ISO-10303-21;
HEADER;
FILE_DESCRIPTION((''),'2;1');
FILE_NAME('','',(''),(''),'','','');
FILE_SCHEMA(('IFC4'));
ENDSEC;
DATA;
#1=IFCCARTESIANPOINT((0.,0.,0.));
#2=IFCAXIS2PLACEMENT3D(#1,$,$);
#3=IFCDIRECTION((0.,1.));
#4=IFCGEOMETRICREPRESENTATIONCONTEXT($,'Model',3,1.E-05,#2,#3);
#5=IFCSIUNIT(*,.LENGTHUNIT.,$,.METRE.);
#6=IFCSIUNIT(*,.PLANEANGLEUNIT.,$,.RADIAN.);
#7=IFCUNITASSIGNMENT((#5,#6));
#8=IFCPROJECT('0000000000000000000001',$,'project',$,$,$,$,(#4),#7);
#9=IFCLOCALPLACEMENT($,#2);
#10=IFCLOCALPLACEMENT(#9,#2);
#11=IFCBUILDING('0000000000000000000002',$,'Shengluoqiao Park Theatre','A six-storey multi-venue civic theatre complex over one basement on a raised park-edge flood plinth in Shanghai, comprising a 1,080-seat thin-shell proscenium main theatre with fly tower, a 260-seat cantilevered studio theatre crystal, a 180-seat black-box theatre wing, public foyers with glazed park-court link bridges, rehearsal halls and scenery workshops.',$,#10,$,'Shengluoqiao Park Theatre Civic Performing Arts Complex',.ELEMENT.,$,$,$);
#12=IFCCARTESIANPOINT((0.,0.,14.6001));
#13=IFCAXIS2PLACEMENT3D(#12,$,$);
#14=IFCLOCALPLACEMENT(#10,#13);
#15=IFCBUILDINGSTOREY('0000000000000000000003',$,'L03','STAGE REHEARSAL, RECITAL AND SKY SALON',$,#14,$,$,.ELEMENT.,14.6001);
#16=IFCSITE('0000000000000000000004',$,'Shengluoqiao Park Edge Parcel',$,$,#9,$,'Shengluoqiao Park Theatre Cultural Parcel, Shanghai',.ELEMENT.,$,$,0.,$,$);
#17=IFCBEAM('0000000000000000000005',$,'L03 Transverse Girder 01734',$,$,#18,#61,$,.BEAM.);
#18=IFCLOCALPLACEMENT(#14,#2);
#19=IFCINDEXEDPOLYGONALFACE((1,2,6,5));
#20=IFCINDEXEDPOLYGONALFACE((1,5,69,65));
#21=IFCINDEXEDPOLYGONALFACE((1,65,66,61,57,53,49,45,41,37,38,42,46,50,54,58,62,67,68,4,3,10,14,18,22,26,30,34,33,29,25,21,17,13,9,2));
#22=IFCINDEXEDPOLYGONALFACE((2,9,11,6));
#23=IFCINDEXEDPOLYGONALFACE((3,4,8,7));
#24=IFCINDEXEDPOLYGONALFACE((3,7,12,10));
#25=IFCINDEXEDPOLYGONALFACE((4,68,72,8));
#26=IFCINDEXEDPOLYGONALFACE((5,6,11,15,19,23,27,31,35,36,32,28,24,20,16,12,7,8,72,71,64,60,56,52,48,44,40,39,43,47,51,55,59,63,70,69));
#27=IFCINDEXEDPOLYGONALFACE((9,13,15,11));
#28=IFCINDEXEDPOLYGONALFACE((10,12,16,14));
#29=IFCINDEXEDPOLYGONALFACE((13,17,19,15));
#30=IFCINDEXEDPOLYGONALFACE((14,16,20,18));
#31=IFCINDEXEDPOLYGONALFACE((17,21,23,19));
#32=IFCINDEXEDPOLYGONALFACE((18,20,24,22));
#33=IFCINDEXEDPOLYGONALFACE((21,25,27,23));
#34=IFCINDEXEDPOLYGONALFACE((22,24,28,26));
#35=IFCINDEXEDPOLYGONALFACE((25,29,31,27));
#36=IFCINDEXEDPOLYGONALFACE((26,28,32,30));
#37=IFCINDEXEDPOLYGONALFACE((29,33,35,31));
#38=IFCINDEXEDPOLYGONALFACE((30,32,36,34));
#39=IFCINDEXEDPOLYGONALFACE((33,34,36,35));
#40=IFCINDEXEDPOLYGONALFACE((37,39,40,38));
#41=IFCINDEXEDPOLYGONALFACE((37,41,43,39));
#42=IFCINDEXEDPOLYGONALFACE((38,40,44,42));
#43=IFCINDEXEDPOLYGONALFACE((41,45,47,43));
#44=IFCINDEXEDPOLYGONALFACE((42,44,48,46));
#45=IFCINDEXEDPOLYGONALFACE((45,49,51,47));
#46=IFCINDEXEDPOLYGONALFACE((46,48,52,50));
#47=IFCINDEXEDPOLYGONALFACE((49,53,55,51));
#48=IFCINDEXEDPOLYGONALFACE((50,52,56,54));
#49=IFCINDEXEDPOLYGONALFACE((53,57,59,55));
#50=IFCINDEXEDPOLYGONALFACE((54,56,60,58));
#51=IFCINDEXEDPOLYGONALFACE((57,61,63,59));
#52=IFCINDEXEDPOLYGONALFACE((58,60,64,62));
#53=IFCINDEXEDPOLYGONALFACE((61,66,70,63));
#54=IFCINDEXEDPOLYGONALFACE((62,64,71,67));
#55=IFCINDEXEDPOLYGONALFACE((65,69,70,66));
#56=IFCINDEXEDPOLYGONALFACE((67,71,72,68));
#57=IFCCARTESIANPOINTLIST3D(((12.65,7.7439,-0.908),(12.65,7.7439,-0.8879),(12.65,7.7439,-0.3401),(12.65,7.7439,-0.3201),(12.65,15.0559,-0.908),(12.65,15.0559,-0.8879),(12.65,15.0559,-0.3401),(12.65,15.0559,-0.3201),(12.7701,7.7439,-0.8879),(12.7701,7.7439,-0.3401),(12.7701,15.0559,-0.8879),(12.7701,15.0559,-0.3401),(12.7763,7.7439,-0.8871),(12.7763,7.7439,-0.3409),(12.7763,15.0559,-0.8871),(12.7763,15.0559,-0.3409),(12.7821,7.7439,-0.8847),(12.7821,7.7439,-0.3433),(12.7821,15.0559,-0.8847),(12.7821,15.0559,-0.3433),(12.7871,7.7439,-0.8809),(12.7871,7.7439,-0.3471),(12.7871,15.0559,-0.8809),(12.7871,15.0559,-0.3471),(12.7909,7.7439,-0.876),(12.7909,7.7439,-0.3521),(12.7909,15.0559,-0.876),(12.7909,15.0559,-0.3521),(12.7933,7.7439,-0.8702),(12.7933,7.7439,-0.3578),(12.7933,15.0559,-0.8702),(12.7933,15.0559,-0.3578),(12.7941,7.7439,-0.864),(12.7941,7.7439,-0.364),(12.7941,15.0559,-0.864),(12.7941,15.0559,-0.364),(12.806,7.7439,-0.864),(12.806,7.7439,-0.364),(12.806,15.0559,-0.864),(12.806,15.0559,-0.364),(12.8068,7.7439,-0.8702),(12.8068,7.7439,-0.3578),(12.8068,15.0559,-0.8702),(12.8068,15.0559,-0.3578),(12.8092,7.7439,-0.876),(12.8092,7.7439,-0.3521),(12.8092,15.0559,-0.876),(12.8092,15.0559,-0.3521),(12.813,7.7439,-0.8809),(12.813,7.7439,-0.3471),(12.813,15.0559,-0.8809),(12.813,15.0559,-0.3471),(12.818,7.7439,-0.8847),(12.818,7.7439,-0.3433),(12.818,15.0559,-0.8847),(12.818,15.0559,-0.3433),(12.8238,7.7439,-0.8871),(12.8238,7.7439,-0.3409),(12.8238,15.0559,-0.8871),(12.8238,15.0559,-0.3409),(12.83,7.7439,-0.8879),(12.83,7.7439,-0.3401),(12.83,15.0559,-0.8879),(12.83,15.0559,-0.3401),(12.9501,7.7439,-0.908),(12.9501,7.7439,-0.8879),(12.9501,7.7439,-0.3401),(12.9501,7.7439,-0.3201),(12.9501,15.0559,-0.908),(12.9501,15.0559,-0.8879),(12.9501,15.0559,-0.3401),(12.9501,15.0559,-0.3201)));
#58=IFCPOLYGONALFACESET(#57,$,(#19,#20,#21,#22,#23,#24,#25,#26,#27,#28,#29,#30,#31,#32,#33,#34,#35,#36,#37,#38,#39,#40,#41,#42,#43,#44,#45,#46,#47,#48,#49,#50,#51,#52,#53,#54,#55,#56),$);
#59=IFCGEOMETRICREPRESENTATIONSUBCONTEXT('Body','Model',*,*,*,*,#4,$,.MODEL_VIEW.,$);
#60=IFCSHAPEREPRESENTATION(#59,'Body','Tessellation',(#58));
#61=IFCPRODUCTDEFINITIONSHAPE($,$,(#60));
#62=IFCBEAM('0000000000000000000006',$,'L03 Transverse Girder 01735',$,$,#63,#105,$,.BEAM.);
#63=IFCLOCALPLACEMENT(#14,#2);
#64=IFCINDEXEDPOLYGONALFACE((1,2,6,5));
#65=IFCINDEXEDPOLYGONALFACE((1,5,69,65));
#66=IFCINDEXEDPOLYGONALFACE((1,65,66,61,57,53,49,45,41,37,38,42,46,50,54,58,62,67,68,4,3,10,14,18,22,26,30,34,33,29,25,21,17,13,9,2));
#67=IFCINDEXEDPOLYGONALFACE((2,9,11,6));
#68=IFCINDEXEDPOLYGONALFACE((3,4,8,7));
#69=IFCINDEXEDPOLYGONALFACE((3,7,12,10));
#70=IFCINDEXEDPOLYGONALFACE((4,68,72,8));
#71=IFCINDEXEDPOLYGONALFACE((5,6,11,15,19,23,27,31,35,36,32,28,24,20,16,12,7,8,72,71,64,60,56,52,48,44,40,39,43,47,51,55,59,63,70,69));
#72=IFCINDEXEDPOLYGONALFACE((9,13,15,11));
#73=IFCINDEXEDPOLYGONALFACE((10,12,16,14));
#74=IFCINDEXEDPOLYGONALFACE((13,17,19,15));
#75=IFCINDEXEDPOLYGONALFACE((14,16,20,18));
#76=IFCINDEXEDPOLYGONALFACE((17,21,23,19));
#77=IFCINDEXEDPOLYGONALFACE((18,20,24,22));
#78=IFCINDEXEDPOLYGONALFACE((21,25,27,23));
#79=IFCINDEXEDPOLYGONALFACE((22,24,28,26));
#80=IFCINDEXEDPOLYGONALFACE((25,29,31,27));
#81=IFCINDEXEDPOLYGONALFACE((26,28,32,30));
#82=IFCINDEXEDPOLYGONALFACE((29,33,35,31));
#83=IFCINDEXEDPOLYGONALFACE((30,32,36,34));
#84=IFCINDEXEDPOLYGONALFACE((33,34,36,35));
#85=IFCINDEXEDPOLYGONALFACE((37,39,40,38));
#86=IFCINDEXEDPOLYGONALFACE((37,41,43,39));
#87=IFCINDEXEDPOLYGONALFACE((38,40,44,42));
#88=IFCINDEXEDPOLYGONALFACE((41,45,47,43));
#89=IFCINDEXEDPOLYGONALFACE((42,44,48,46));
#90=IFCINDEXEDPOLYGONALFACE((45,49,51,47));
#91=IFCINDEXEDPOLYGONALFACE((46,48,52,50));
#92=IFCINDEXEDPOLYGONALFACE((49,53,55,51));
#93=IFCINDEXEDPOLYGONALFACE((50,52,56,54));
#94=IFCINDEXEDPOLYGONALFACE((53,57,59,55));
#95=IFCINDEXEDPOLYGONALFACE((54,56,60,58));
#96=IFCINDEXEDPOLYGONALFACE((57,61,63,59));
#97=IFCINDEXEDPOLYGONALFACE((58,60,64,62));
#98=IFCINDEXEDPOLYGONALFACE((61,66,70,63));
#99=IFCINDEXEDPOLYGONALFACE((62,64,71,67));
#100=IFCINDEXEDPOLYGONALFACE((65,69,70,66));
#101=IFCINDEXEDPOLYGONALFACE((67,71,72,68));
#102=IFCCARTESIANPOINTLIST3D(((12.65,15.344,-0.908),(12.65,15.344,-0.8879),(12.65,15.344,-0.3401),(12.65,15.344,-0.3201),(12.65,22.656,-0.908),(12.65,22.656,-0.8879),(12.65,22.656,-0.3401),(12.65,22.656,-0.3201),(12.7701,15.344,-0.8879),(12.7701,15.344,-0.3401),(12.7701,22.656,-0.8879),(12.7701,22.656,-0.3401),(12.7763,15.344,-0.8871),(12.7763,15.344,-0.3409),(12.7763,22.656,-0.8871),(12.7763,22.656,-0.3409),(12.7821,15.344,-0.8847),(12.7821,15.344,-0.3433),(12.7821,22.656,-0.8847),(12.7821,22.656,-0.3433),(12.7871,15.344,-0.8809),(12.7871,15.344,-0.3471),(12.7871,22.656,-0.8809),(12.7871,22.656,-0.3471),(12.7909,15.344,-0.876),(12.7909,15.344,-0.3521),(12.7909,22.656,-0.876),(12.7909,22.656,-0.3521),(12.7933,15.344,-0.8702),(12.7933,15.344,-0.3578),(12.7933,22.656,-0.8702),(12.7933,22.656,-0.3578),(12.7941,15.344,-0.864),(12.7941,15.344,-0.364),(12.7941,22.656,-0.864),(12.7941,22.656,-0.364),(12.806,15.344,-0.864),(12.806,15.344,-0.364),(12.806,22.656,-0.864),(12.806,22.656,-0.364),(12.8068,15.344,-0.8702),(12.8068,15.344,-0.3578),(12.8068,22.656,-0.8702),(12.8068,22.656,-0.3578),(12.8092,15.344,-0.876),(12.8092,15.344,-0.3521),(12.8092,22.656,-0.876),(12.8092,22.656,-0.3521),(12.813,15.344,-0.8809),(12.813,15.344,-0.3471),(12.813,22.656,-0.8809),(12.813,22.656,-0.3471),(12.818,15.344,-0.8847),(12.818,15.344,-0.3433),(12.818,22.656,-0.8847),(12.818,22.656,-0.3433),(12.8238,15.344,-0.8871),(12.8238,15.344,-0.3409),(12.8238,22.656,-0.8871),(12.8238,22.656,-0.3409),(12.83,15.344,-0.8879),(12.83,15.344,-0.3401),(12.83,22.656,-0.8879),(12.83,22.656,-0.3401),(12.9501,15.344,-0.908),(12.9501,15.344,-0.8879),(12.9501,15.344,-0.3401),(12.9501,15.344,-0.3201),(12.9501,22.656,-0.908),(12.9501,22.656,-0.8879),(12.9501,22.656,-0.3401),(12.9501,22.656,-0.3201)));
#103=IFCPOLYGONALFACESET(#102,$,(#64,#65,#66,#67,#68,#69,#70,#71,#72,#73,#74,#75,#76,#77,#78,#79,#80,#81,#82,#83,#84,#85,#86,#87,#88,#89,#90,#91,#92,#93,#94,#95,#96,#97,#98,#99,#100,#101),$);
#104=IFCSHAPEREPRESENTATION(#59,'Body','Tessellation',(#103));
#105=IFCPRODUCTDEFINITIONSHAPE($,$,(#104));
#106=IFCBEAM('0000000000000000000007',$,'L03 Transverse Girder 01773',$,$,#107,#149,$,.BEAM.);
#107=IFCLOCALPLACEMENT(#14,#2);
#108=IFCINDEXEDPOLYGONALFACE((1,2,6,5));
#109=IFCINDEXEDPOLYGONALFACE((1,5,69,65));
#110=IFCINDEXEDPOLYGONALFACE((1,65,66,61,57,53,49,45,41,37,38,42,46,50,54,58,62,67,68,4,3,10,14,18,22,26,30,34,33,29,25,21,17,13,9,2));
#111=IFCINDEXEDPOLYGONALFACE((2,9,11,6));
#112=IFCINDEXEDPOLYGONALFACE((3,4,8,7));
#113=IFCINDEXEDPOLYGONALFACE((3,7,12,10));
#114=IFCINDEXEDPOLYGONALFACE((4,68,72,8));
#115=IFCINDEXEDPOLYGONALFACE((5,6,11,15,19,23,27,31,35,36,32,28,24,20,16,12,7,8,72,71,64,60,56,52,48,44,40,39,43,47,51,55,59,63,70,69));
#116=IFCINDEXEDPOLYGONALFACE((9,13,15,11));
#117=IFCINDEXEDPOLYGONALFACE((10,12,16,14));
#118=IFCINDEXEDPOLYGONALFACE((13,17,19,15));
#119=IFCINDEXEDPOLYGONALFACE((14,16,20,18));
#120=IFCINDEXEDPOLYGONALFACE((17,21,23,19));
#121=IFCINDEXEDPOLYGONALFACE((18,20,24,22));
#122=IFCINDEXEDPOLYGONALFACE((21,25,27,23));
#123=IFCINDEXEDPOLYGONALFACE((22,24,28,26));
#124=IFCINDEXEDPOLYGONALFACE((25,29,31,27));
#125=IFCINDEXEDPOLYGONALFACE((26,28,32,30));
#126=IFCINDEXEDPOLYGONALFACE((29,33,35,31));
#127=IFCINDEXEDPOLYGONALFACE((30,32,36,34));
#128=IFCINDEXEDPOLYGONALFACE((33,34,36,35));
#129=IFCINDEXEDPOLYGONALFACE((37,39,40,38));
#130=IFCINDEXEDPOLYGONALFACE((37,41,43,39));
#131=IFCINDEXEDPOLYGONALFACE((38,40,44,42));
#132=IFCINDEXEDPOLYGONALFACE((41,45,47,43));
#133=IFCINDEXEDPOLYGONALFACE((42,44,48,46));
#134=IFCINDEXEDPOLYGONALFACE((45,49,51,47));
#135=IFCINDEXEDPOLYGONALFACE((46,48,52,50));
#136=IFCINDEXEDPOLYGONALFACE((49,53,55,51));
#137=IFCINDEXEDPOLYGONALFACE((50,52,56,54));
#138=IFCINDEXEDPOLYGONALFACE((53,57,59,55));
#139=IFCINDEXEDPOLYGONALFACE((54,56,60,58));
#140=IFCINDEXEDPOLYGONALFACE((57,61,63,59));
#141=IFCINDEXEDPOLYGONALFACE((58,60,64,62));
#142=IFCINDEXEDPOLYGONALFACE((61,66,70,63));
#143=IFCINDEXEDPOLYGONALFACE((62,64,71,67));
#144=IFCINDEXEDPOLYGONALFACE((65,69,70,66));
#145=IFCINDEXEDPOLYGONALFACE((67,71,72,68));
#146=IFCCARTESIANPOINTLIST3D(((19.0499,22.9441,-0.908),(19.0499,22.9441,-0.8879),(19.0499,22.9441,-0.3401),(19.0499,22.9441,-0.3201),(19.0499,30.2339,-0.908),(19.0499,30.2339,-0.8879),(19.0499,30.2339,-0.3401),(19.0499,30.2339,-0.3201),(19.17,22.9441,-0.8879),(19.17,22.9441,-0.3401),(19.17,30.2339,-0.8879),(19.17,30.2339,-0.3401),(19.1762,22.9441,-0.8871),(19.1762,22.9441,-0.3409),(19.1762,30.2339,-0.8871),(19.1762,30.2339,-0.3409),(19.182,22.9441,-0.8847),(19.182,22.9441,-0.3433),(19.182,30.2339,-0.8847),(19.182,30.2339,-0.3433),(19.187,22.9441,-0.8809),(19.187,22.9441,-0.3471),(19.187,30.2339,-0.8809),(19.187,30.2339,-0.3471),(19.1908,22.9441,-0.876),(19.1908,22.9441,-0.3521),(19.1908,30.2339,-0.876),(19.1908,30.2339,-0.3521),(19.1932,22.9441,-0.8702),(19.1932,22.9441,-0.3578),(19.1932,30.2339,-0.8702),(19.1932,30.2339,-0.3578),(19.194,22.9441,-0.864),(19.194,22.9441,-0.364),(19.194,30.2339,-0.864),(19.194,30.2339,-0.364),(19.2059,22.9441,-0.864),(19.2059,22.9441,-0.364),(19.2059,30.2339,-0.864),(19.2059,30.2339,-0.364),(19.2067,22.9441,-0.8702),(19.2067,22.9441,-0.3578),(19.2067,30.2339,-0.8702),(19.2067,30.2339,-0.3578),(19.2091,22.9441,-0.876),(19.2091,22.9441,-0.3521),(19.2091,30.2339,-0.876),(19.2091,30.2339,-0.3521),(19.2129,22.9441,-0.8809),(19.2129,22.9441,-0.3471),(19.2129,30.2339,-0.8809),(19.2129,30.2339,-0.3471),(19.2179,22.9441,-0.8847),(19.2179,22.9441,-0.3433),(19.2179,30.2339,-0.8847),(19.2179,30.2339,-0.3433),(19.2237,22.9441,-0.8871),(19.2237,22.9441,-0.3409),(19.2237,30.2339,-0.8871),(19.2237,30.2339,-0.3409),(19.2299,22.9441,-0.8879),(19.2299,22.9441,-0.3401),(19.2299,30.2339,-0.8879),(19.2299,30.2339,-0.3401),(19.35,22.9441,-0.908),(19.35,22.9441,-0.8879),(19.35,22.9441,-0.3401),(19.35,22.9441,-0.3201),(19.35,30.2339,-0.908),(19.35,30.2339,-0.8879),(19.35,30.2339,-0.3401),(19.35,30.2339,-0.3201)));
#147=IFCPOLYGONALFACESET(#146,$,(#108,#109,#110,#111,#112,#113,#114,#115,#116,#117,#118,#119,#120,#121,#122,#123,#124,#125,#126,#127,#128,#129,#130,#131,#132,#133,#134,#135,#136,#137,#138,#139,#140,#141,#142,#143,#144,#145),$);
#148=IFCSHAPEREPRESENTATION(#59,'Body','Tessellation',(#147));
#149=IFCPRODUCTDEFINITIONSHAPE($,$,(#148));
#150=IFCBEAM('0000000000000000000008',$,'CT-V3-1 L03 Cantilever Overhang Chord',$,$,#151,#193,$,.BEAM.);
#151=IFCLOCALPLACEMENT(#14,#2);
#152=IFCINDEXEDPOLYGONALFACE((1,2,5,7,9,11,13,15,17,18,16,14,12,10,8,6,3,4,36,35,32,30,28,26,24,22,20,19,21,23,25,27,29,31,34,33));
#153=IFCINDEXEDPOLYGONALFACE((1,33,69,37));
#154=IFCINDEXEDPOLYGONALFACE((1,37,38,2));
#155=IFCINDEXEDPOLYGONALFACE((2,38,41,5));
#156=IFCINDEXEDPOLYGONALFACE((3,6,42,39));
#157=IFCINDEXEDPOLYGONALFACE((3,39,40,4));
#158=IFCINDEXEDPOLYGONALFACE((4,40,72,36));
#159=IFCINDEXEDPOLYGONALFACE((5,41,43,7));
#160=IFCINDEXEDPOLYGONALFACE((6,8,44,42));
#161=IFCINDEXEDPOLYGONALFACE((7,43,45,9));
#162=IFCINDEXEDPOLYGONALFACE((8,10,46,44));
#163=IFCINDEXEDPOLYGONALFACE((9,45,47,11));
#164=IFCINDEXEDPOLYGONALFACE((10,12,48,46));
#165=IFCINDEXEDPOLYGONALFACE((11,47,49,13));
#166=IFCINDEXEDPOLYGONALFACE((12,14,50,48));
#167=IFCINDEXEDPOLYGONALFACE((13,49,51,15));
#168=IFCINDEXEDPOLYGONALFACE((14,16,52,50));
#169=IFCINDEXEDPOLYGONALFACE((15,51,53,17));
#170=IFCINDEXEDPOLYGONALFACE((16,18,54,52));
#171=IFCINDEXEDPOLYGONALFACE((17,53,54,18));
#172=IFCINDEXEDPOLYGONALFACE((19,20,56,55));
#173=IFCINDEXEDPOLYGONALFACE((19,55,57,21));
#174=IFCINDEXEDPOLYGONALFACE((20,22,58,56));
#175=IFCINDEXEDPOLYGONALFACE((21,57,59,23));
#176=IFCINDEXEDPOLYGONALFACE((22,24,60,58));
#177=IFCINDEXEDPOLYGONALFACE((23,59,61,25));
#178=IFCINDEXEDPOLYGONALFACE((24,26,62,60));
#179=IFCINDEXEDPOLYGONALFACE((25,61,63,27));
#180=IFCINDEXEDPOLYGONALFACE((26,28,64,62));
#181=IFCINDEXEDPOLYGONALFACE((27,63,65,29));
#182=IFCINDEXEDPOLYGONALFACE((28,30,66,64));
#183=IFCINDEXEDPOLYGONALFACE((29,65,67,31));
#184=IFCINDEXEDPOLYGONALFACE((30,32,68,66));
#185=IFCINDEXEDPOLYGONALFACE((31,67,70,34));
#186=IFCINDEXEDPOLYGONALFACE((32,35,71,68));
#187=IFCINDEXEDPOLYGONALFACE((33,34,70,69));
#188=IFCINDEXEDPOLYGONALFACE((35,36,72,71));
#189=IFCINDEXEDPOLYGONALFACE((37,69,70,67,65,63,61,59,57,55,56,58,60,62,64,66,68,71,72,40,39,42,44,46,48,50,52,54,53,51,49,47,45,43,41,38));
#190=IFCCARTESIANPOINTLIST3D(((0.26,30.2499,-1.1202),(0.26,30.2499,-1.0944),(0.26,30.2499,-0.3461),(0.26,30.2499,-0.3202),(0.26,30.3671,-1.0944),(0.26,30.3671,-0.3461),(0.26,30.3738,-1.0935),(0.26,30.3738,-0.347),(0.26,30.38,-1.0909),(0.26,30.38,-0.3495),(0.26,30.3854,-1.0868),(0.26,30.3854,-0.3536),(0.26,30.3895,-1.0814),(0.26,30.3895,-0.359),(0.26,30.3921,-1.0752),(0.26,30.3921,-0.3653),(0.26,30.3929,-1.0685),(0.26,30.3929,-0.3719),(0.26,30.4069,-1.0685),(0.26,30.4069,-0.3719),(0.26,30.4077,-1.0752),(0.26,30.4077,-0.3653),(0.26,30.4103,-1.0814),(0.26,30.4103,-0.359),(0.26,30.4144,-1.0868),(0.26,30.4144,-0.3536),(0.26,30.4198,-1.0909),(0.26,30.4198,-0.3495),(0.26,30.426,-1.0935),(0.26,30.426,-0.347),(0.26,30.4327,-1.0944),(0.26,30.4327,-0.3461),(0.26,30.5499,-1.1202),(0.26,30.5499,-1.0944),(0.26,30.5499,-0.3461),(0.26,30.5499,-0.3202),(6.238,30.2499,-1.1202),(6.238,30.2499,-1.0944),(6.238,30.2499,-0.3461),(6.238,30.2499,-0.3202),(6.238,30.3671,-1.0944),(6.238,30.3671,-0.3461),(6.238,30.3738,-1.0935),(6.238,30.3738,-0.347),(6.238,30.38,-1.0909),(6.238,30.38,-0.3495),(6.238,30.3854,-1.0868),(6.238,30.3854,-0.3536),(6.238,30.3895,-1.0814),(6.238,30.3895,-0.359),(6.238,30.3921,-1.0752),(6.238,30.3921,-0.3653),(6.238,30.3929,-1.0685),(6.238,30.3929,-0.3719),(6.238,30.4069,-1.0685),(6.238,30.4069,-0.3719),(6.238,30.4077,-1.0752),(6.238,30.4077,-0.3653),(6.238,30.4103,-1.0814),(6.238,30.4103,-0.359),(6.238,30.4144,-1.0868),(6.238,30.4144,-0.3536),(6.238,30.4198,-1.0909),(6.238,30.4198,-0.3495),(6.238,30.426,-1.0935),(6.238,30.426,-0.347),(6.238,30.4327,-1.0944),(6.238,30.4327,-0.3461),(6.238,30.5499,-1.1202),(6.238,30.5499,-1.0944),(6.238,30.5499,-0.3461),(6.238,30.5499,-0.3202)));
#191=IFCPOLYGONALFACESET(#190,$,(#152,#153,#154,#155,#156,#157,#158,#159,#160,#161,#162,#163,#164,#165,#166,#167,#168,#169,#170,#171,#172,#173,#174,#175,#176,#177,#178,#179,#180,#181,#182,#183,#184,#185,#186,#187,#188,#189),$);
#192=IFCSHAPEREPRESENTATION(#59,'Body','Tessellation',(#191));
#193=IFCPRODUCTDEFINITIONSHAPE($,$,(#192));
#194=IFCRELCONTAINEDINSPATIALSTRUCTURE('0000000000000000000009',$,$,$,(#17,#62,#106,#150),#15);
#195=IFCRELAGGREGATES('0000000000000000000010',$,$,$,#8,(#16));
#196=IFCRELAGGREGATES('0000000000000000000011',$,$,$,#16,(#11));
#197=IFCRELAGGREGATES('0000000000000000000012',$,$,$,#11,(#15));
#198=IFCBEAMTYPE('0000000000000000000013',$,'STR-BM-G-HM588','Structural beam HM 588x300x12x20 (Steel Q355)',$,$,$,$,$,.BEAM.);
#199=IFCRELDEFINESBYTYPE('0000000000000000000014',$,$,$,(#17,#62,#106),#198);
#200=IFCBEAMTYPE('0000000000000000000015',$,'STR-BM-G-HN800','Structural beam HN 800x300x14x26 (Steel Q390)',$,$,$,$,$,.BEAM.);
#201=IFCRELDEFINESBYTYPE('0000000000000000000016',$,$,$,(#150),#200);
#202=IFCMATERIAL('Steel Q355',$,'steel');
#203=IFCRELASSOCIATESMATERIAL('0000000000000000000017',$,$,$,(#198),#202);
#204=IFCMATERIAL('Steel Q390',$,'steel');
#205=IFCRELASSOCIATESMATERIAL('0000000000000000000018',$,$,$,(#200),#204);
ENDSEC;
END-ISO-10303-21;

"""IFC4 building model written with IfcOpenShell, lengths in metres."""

from ifc_helpers import new_model, si_unit, direction, frame, origin, origin_2d, place, context, subcontext, project, spatial, i_section, extrude, material, material_profile, profile_set, type_object, element, save


model = new_model("IFC4")

# Units and contexts
model_context = context("Model", 3, precision=1e-05, world=origin(), true_north=direction((0.0, 1.0)))
body_context = subcontext(model_context, "Body", "Model", "MODEL_VIEW")
ifc_project = project(units=[si_unit("LENGTHUNIT", "METRE"), si_unit("PLANEANGLEUNIT", "RADIAN")], contexts=[model_context])

# Site, building, storey
site_placement = place(None, origin())
site = spatial("IfcSite", under=ifc_project, at=site_placement, Name="Shengluoqiao Park Edge Parcel", LongName="Shengluoqiao Park Theatre Cultural Parcel, Shanghai", CompositionType="ELEMENT", RefElevation=0.0)
building_placement = place(site_placement, origin())
building = spatial("IfcBuilding", under=site, at=building_placement, Name="Shengluoqiao Park Theatre", Description="A six-storey multi-venue civic theatre complex over one basement on a raised park-edge flood plinth in Shanghai, comprising a 1,080-seat thin-shell proscenium main theatre with fly tower, a 260-seat cantilevered studio theatre crystal, a 180-seat black-box theatre wing, public foyers with glazed park-court link bridges, rehearsal halls and scenery workshops.", LongName="Shengluoqiao Park Theatre Civic Performing Arts Complex", CompositionType="ELEMENT")
storey_placement = place(building_placement, frame((0.0, 0.0, 14.6001)))
storey = spatial("IfcBuildingStorey", under=building, at=storey_placement, Name="L03", Description="STAGE REHEARSAL, RECITAL AND SKY SALON", CompositionType="ELEMENT", Elevation=14.6001)

# Shared definitions
ifc_material_1 = material(Name="Steel Q355", Category="steel")

# Beams
ifc_material_profile_1 = material_profile(ifc_material_1, i_section(OverallWidth=0.3, OverallDepth=0.5879, WebThickness=0.012, FlangeThickness=0.02, FilletRadius=0.0239, at=origin_2d()), Name="HM 588x300x12x20")
ifc_profile_set_1 = profile_set([ifc_material_profile_1], Name="Steel Q355")
beam_type_1 = type_object("IfcBeamType", Name="STR-BM-G-HM588", Description="Structural beam HM 588x300x12x20 (Steel Q355)", PredefinedType="BEAM", material=ifc_profile_set_1)
for number, where, z_axis, x_axis, name in (
    (1, (12.8, 7.7439, -0.614), (0.0, 1.0, 0.0), (-1.0, 0.0, 0.0), "L03 Transverse Girder 01734"),
    (2, (12.8, 15.344, -0.614), (0.0, 1.0, 0.0), (-1.0, 0.0, 0.0), "L03 Transverse Girder 01735"),
):
    element("IfcBeam", number, at=place(storey_placement, frame(where, z_axis=z_axis, x_axis=x_axis)), inside=storey, type_object=beam_type_1, Name=name, PredefinedType="BEAM", context=body_context, shape_type="SweptSolid", body=[
        extrude(i_section(OverallWidth=0.3, OverallDepth=0.5879, WebThickness=0.012, FlangeThickness=0.02, FilletRadius=0.0239, at=origin_2d()), origin(), (0.0, 0.0, 1.0), 7.312),
    ])
beam_1_placement = place(storey_placement, frame((19.2, 22.9441, -0.614), z_axis=(0.0, 1.0, 0.0), x_axis=(-1.0, 0.0, 0.0)))
element("IfcBeam", 3, at=beam_1_placement, inside=storey, type_object=beam_type_1, Name="L03 Transverse Girder 01773", PredefinedType="BEAM", context=body_context, shape_type="SweptSolid", body=[
    extrude(i_section(OverallWidth=0.3, OverallDepth=0.5879, WebThickness=0.012, FlangeThickness=0.02, FilletRadius=0.0239, at=origin_2d()), origin(), (0.0, 0.0, 1.0), 7.2898),
])
ifc_material_2 = material(Name="Steel Q390", Category="steel")
ifc_material_profile_2 = material_profile(ifc_material_2, i_section(OverallWidth=0.3, OverallDepth=0.8, WebThickness=0.0139, FlangeThickness=0.0259, FilletRadius=0.0259, at=origin_2d()), Name="HN 800x300x14x26")
ifc_profile_set_2 = profile_set([ifc_material_profile_2], Name="Steel Q390")
beam_type_2 = type_object("IfcBeamType", Name="STR-BM-G-HN800", Description="Structural beam HN 800x300x14x26 (Steel Q390)", PredefinedType="BEAM", material=ifc_profile_set_2)
beam_2_placement = place(storey_placement, frame((0.26, 30.3999, -0.7202), z_axis=(1.0, 0.0, 0.0), x_axis=(0.0, 1.0, 0.0)))
element("IfcBeam", 4, at=beam_2_placement, inside=storey, type_object=beam_type_2, Name="CT-V3-1 L03 Cantilever Overhang Chord", PredefinedType="BEAM", context=body_context, shape_type="SweptSolid", body=[
    extrude(i_section(OverallWidth=0.3, OverallDepth=0.8, WebThickness=0.0139, FlangeThickness=0.0259, FilletRadius=0.0259, at=origin_2d()), origin(), (0.0, 0.0, 1.0), 5.978),
])

save(model, "model.ifc")
